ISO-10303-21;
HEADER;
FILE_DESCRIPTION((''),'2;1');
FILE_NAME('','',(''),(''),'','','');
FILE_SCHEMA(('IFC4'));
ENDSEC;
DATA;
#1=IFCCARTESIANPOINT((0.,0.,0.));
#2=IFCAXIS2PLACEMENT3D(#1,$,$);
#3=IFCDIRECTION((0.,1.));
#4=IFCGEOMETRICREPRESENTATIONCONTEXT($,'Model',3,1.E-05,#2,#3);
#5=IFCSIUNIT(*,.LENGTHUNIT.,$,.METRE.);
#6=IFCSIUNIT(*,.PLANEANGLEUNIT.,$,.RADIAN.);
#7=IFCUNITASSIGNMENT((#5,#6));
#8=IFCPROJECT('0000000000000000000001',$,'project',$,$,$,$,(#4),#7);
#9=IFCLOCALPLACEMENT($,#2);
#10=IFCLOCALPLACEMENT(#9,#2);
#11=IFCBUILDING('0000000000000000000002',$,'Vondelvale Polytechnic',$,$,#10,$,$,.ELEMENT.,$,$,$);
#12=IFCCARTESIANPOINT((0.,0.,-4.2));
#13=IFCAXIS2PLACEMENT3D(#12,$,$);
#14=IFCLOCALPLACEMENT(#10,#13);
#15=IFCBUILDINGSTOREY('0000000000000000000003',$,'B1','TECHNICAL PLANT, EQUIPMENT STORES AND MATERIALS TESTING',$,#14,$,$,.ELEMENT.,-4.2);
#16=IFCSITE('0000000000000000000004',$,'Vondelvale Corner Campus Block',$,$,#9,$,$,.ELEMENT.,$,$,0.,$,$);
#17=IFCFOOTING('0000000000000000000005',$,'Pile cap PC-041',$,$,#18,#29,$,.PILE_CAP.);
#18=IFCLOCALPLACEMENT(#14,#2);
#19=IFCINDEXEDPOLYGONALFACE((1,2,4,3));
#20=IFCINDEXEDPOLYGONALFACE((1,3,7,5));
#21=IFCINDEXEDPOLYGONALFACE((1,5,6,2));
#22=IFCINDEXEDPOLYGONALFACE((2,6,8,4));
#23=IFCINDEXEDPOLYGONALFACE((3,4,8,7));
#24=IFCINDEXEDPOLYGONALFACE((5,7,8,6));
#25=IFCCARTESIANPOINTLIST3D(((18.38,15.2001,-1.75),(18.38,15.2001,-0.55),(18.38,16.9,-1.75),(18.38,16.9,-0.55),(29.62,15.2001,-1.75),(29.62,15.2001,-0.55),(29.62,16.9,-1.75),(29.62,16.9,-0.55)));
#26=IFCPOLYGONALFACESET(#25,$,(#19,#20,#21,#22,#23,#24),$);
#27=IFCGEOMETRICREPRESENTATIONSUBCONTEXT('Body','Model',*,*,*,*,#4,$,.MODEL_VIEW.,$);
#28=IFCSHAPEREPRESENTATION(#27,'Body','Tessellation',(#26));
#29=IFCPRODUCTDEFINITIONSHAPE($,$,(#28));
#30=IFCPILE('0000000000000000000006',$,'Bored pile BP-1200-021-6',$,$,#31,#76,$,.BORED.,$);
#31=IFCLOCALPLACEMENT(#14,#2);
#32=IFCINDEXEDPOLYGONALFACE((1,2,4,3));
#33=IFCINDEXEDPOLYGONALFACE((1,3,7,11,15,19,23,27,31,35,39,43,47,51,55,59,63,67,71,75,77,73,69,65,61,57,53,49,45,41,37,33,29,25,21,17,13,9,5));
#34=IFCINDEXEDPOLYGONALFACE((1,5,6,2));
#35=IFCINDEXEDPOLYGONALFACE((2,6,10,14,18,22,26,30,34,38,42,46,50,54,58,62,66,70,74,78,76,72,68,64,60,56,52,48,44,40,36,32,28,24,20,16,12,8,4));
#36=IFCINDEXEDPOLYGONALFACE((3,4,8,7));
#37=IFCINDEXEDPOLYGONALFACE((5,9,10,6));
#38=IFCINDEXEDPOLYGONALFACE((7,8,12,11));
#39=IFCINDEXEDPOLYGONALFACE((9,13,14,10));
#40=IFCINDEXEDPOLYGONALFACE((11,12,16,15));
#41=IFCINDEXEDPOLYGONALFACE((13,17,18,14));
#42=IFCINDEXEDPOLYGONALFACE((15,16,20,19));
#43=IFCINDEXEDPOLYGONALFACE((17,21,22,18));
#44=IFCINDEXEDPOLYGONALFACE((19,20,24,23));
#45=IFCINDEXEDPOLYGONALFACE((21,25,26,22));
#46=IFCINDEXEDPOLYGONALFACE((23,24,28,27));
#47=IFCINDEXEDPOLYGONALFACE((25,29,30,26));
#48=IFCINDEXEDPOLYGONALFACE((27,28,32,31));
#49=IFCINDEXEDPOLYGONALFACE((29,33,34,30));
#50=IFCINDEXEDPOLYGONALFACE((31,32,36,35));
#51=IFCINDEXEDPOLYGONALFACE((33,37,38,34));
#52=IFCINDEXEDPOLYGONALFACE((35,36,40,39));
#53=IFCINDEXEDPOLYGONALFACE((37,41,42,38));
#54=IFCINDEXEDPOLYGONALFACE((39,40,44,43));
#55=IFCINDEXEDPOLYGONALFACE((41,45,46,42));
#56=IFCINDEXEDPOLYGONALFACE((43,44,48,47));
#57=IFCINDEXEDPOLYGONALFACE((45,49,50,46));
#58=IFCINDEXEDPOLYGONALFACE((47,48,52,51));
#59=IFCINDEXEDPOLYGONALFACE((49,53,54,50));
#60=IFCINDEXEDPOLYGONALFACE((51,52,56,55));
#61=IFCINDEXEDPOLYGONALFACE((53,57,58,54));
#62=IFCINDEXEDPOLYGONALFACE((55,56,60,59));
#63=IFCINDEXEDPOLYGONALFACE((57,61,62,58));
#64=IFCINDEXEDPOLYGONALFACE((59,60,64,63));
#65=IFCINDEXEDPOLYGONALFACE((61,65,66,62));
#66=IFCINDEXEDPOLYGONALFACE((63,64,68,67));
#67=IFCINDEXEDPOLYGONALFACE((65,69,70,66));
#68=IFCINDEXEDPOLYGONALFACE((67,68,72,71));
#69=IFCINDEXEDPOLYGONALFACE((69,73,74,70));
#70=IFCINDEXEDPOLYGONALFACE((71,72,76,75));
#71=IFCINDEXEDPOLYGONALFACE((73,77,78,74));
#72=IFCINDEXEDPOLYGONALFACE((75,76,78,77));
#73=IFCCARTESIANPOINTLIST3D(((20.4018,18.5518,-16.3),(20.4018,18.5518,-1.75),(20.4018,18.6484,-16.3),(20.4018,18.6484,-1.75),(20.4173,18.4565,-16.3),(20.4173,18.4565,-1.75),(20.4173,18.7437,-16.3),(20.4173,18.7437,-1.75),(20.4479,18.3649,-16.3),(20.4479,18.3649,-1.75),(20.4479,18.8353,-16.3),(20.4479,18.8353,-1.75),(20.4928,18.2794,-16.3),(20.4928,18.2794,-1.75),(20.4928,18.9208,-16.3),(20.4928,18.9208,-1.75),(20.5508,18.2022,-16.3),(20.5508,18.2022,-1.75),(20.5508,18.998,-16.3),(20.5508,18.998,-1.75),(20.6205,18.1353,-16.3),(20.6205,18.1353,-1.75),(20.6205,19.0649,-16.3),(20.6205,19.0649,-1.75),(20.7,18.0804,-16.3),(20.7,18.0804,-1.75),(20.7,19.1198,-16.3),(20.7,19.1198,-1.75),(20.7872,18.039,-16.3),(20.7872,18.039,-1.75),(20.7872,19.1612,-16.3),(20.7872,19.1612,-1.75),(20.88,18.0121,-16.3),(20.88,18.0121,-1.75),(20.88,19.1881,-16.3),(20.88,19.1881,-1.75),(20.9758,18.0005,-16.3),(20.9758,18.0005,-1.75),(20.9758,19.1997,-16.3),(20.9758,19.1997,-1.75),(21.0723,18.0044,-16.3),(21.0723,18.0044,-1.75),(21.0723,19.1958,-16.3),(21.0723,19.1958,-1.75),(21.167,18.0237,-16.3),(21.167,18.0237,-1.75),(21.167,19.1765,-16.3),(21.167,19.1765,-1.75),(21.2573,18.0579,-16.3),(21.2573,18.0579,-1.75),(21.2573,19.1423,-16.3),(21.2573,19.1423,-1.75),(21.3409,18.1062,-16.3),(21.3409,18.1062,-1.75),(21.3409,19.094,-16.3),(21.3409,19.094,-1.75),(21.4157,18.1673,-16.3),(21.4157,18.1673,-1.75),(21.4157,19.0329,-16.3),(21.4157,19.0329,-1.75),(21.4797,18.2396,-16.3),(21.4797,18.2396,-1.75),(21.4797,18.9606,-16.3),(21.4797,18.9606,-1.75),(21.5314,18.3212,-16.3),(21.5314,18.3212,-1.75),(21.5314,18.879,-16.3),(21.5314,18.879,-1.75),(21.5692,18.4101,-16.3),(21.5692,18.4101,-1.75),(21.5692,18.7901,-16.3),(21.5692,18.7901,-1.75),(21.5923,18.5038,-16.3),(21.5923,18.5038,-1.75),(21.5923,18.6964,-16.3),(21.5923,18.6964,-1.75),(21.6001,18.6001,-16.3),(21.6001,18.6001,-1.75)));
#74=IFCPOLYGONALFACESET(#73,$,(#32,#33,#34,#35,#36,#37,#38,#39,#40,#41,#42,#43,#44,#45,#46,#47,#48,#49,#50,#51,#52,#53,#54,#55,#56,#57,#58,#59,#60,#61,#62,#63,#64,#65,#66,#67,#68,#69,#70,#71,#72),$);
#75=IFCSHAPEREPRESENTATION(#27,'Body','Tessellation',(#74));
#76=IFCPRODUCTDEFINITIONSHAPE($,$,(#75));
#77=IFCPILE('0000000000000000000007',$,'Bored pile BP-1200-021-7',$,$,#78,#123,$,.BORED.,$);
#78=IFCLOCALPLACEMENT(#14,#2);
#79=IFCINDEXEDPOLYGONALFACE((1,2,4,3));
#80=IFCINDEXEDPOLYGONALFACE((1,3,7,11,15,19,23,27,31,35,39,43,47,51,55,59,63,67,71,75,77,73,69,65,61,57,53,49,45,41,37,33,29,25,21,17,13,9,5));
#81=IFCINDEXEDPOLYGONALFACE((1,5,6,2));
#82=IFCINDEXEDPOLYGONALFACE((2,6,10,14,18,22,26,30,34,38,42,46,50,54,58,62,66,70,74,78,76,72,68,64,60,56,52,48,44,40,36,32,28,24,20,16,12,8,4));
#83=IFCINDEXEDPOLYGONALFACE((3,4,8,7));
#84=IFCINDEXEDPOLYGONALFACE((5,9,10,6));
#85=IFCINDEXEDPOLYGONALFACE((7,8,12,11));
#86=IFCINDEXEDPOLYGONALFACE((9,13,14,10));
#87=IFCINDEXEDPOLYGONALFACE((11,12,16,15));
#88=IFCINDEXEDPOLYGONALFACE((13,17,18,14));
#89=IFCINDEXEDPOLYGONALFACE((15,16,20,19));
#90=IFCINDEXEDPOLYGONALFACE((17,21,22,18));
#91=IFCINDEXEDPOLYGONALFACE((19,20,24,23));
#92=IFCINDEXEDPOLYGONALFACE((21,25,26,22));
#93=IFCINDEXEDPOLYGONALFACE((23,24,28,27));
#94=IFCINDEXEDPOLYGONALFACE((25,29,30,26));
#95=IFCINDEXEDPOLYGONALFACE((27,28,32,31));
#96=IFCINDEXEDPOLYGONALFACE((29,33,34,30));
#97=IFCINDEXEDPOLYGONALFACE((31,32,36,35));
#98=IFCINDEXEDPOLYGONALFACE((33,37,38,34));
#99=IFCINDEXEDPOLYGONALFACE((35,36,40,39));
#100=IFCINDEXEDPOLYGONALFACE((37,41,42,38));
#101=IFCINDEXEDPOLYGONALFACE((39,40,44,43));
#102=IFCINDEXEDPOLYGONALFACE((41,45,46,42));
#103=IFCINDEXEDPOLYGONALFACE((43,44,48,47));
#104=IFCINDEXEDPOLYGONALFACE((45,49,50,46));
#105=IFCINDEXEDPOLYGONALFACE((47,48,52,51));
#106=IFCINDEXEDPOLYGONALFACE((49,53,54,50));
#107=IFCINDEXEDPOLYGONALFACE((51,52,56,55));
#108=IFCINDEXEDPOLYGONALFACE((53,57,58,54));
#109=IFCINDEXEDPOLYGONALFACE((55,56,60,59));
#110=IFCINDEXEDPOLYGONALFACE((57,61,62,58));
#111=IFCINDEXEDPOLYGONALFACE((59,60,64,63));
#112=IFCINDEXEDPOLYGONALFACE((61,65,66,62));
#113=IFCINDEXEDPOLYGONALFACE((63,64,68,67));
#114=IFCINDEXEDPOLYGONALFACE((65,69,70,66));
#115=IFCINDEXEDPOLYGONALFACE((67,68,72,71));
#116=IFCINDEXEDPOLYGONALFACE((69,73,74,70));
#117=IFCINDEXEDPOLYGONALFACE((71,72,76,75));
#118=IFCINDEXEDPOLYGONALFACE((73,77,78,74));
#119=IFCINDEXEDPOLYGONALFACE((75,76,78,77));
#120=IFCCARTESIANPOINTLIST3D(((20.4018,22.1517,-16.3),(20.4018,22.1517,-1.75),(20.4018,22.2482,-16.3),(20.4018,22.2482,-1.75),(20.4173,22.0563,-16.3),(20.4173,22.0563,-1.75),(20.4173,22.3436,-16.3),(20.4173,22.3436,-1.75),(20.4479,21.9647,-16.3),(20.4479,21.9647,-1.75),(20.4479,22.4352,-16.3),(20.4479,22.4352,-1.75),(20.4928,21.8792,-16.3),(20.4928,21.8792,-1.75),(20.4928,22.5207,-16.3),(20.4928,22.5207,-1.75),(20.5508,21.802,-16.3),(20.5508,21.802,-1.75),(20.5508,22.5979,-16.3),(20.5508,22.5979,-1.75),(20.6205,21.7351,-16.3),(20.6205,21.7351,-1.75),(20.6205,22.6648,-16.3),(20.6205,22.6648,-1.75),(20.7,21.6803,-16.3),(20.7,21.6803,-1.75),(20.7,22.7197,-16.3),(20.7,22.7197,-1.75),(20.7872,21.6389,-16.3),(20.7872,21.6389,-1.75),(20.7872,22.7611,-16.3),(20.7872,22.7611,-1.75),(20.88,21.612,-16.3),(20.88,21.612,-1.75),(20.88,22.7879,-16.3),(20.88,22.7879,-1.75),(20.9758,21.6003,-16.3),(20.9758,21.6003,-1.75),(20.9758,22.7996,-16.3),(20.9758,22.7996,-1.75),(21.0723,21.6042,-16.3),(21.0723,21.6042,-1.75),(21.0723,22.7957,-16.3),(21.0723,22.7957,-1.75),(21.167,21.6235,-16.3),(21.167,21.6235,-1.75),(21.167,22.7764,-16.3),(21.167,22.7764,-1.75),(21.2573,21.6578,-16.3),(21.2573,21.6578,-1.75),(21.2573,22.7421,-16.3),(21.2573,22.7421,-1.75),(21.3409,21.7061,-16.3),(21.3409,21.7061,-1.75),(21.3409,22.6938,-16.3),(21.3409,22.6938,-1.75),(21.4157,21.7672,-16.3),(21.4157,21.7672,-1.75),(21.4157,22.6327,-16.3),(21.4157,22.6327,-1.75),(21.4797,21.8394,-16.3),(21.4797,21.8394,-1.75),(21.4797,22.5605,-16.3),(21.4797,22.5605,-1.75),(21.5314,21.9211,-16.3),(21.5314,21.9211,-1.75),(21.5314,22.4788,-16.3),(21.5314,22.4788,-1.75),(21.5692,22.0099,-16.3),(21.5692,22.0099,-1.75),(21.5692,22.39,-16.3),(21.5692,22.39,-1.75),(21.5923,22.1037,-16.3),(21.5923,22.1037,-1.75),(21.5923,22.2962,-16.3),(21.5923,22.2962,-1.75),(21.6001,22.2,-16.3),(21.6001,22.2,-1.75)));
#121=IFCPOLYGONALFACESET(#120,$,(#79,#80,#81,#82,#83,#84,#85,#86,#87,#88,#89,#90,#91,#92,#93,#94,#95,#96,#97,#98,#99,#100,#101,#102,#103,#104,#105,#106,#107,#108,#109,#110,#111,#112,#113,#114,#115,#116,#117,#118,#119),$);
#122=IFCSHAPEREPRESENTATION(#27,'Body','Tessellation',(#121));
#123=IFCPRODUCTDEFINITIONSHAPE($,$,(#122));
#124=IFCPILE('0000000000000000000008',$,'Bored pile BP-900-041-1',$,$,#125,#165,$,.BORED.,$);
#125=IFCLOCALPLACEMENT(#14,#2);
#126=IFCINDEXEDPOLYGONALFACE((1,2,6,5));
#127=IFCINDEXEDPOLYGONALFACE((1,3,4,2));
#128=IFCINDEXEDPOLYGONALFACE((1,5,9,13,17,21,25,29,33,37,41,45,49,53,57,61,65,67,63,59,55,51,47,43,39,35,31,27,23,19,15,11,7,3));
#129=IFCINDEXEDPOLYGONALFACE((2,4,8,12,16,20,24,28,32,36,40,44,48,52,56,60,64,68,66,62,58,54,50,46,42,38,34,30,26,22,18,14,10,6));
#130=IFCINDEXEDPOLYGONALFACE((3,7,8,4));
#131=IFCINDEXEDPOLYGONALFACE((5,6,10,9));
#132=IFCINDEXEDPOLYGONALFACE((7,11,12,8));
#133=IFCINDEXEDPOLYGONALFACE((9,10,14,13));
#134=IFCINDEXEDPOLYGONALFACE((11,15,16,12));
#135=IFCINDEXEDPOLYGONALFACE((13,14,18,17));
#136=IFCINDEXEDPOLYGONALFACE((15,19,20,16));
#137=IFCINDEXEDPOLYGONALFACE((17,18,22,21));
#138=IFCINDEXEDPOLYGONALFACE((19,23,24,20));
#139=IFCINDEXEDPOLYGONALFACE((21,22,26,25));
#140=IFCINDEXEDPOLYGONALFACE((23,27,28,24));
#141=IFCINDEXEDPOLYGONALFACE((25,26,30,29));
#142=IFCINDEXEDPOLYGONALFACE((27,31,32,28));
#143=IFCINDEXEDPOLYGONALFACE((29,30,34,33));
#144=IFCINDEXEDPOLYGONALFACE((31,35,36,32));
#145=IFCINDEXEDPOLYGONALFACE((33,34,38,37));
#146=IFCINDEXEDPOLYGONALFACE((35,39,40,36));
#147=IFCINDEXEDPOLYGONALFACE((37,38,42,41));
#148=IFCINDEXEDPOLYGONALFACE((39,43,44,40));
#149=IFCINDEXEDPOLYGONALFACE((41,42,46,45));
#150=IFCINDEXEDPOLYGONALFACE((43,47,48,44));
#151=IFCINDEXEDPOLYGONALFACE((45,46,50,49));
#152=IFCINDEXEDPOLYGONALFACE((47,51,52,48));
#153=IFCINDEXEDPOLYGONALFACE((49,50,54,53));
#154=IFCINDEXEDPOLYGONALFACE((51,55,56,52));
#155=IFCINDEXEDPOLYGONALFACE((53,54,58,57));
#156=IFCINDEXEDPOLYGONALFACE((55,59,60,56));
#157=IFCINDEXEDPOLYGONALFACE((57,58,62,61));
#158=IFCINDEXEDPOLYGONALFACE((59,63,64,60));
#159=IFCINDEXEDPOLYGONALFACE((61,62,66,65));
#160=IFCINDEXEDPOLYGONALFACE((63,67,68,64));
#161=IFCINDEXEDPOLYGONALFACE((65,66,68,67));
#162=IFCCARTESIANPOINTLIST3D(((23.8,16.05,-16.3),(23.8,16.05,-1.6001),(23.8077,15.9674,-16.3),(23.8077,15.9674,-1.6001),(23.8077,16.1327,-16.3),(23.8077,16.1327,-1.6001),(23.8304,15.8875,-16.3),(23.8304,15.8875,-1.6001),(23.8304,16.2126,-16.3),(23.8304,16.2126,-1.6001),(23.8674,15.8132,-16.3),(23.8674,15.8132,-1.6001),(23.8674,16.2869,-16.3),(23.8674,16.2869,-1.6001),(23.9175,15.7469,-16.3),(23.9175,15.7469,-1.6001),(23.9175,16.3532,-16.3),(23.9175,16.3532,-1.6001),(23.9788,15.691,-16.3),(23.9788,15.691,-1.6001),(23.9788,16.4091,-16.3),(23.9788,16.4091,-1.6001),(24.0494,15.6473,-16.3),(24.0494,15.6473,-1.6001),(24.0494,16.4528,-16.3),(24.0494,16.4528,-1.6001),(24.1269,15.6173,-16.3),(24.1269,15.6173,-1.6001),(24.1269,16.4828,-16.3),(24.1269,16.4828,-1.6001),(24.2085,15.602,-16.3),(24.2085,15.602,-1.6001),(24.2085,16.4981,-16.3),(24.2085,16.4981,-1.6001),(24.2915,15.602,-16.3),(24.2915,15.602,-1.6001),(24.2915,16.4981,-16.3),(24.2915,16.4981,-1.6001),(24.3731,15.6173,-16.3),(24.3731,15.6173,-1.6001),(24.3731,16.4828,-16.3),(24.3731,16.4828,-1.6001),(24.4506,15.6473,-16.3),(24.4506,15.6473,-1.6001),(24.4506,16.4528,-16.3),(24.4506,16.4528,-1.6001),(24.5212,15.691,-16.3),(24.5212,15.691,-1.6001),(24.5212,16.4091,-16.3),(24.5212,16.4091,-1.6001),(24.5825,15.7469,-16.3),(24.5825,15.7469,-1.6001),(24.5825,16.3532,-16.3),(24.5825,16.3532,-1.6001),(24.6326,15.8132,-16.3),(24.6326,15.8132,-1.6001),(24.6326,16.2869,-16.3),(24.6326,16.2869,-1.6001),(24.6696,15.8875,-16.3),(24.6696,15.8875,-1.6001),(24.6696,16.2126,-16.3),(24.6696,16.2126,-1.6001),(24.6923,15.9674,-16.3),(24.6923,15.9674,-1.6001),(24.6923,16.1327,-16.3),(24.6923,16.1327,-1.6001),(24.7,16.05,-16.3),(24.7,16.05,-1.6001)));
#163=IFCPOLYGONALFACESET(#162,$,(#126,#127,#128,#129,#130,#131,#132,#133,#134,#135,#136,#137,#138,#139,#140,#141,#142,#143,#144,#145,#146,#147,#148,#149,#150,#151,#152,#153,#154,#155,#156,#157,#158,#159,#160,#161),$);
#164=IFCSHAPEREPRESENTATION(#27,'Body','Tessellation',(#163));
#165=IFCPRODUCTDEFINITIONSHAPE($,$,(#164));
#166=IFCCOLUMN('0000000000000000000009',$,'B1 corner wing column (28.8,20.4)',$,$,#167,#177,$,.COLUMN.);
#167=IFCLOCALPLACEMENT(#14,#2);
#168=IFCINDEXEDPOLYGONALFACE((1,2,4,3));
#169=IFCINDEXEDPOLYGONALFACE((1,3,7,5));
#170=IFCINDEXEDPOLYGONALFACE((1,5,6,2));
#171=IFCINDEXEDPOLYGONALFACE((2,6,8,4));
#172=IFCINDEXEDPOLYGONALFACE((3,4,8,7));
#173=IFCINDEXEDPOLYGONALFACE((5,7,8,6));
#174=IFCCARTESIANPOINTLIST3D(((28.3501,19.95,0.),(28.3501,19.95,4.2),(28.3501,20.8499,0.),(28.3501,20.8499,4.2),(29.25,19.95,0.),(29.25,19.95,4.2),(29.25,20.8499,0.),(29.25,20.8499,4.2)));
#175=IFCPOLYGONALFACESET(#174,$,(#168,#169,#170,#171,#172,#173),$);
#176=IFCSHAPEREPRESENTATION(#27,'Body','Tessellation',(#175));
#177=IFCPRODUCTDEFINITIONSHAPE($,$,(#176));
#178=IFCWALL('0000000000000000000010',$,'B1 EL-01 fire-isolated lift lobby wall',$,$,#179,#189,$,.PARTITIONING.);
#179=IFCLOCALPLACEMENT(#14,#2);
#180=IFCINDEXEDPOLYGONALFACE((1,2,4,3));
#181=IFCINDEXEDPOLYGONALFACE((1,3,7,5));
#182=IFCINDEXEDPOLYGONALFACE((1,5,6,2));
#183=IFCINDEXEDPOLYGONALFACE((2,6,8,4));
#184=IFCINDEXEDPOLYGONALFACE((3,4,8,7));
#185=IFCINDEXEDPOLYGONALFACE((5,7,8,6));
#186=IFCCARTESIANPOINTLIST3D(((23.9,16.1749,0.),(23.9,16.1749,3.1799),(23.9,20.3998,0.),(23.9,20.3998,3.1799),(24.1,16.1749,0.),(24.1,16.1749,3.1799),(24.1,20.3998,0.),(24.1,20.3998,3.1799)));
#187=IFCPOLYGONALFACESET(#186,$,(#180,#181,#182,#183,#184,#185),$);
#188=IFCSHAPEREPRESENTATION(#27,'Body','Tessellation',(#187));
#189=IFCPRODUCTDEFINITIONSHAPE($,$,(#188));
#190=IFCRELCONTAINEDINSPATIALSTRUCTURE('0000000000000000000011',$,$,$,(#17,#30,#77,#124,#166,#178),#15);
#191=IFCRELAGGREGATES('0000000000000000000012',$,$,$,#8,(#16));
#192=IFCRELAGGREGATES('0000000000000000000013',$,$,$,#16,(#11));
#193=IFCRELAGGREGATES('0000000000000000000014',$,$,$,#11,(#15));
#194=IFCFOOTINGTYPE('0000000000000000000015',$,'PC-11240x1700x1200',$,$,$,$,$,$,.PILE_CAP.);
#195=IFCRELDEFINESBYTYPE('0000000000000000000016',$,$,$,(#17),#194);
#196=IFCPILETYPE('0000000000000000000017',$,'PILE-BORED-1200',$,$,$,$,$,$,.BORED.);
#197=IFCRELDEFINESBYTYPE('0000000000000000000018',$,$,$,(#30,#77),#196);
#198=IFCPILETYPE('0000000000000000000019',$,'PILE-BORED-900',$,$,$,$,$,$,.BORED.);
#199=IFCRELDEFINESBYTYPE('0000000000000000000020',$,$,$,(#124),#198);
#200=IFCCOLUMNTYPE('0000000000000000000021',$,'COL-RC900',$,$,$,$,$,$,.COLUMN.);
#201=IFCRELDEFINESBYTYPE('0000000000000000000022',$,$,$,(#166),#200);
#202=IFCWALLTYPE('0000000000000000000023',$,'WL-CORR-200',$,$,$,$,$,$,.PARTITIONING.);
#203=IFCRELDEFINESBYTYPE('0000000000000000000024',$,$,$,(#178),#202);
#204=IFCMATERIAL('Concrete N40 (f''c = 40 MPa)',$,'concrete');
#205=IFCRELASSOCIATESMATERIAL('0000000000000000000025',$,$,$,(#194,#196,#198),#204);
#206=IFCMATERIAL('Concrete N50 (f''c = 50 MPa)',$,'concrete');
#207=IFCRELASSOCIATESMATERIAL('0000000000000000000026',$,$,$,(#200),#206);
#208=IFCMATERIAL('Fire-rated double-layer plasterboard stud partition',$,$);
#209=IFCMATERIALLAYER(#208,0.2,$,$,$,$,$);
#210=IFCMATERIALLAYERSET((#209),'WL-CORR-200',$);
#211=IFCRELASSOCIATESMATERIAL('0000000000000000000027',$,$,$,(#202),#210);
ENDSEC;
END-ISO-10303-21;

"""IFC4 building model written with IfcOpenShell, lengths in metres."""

from ifc_helpers import new_model, si_unit, direction, frame, frame_2d, origin, origin_2d, place, context, subcontext, project, spatial, rectangle, circle, extrude, material, layer, layer_set, material_profile, profile_set, type_object, element, save


model = new_model("IFC4")

# Units and contexts
model_context = context("Model", 3, precision=1e-05, world=origin(), true_north=direction((0.0, 1.0)))
body_context = subcontext(model_context, "Body", "Model", "MODEL_VIEW")
ifc_project = project(units=[si_unit("LENGTHUNIT", "METRE"), si_unit("PLANEANGLEUNIT", "RADIAN")], contexts=[model_context])

# Site, building, storey
site_placement = place(None, origin())
site = spatial("IfcSite", under=ifc_project, at=site_placement, Name="Vondelvale Corner Campus Block", CompositionType="ELEMENT", RefElevation=0.0)
building_placement = place(site_placement, origin())
building = spatial("IfcBuilding", under=site, at=building_placement, Name="Vondelvale Polytechnic", CompositionType="ELEMENT")
storey_placement = place(building_placement, frame((0.0, 0.0, -4.2)))
storey = spatial("IfcBuildingStorey", under=building, at=storey_placement, Name="B1", Description="TECHNICAL PLANT, EQUIPMENT STORES AND MATERIALS TESTING", CompositionType="ELEMENT", Elevation=-4.2)

# Footing
ifc_material_1 = material(Name="Concrete N40 (f'c = 40 MPa)", Category="concrete")
footing_type = type_object("IfcFootingType", Name="PC-11240x1700x1200", PredefinedType="PILE_CAP", material=ifc_material_1)
footing_placement = place(storey_placement, frame((24.0, 16.05, -1.75), z_axis=(0.0, 0.0, 1.0), x_axis=(1.0, 0.0, 0.0)))
element("IfcFooting", 1, at=footing_placement, inside=storey, type_object=footing_type, Name="Pile cap PC-041", PredefinedType="PILE_CAP", context=body_context, shape_type="SweptSolid", body=[
    extrude(rectangle(XDim=11.24, YDim=1.7, at=origin_2d()), origin(), (0.0, 0.0, 1.0), 1.2),
])

# Piles
ifc_material_profile_1 = material_profile(ifc_material_1, circle(Radius=0.6001, at=origin_2d()), Name="PILE-D1200")
ifc_profile_set_1 = profile_set([ifc_material_profile_1], Name="Concrete N40 (f'c = 40 MPa)")
pile_type_1 = type_object("IfcPileType", Name="PILE-BORED-1200", PredefinedType="BORED", material=ifc_profile_set_1)
for number, where, z_axis, x_axis, name in (
    (2, (21.0, 18.6001, -1.75), (0.0, 0.0, -1.0), (1.0, 0.0, 0.0), "Bored pile BP-1200-021-6"),
    (3, (21.0, 22.2, -1.75), (0.0, 0.0, -1.0), (1.0, 0.0, 0.0), "Bored pile BP-1200-021-7"),
):
    element("IfcPile", number, at=place(storey_placement, frame(where, z_axis=z_axis, x_axis=x_axis)), inside=storey, type_object=pile_type_1, Name=name, PredefinedType="BORED", context=body_context, shape_type="SweptSolid", body=[
        extrude(circle(Radius=0.6001, at=origin_2d()), origin(), (0.0, 0.0, 1.0), 14.55),
    ])
ifc_material_profile_2 = material_profile(ifc_material_1, circle(Radius=0.45, at=origin_2d()), Name="PILE-D900")
ifc_profile_set_2 = profile_set([ifc_material_profile_2], Name="Concrete N40 (f'c = 40 MPa)")
pile_type_2 = type_object("IfcPileType", Name="PILE-BORED-900", PredefinedType="BORED", material=ifc_profile_set_2)
pile_placement = place(storey_placement, frame((24.25, 16.05, -1.6001), z_axis=(0.0, 0.0, -1.0), x_axis=(1.0, 0.0, 0.0)))
element("IfcPile", 4, at=pile_placement, inside=storey, type_object=pile_type_2, Name="Bored pile BP-900-041-1", PredefinedType="BORED", context=body_context, shape_type="SweptSolid", body=[
    extrude(circle(Radius=0.45, at=origin_2d()), origin(), (0.0, 0.0, 1.0), 14.7),
])

# Column
ifc_material_2 = material(Name="Concrete N50 (f'c = 50 MPa)", Category="concrete")
ifc_material_profile_3 = material_profile(ifc_material_2, rectangle(XDim=0.8999, YDim=0.8999, at=origin_2d()), Name="RC-COL-900x900")
ifc_profile_set_3 = profile_set([ifc_material_profile_3], Name="Concrete N50 (f'c = 50 MPa)")
column_type = type_object("IfcColumnType", Name="COL-RC900", PredefinedType="COLUMN", material=ifc_profile_set_3)
column_placement = place(storey_placement, frame((28.8, 20.3999, 0.0), z_axis=(0.0, 0.0, 1.0), x_axis=(1.0, 0.0, 0.0)))
element("IfcColumn", 5, at=column_placement, inside=storey, type_object=column_type, Name="B1 corner wing column (28.8,20.4)", PredefinedType="COLUMN", context=body_context, shape_type="SweptSolid", body=[
    extrude(rectangle(XDim=0.8999, YDim=0.8999, at=origin_2d()), origin(), (0.0, 0.0, 1.0), 4.2),
])

# Wall
ifc_material_3 = material(Name="Fire-rated double-layer plasterboard stud partition")
ifc_layer_1 = layer(ifc_material_3, 0.2)
ifc_layer_set_1 = layer_set([ifc_layer_1], Name="WL-CORR-200")
wall_type_1 = type_object("IfcWallType", Name="WL-CORR-200", PredefinedType="PARTITIONING", material=ifc_layer_set_1)
wall_1_placement = place(storey_placement, frame((24.0, 16.175, 0.0), z_axis=(0.0, 0.0, 1.0), x_axis=(0.0, 1.0, 0.0)))
element("IfcWall", 6, at=wall_1_placement, inside=storey, type_object=wall_type_1, Name="B1 EL-01 fire-isolated lift lobby wall", PredefinedType="PARTITIONING", context=body_context, shape_type="SweptSolid", body=[
    extrude(rectangle(XDim=4.2249, YDim=0.2, at=frame_2d((2.1123, 0.0))), origin(), (0.0, 0.0, 1.0), 3.1799),
])

save(model, "model.ifc")
